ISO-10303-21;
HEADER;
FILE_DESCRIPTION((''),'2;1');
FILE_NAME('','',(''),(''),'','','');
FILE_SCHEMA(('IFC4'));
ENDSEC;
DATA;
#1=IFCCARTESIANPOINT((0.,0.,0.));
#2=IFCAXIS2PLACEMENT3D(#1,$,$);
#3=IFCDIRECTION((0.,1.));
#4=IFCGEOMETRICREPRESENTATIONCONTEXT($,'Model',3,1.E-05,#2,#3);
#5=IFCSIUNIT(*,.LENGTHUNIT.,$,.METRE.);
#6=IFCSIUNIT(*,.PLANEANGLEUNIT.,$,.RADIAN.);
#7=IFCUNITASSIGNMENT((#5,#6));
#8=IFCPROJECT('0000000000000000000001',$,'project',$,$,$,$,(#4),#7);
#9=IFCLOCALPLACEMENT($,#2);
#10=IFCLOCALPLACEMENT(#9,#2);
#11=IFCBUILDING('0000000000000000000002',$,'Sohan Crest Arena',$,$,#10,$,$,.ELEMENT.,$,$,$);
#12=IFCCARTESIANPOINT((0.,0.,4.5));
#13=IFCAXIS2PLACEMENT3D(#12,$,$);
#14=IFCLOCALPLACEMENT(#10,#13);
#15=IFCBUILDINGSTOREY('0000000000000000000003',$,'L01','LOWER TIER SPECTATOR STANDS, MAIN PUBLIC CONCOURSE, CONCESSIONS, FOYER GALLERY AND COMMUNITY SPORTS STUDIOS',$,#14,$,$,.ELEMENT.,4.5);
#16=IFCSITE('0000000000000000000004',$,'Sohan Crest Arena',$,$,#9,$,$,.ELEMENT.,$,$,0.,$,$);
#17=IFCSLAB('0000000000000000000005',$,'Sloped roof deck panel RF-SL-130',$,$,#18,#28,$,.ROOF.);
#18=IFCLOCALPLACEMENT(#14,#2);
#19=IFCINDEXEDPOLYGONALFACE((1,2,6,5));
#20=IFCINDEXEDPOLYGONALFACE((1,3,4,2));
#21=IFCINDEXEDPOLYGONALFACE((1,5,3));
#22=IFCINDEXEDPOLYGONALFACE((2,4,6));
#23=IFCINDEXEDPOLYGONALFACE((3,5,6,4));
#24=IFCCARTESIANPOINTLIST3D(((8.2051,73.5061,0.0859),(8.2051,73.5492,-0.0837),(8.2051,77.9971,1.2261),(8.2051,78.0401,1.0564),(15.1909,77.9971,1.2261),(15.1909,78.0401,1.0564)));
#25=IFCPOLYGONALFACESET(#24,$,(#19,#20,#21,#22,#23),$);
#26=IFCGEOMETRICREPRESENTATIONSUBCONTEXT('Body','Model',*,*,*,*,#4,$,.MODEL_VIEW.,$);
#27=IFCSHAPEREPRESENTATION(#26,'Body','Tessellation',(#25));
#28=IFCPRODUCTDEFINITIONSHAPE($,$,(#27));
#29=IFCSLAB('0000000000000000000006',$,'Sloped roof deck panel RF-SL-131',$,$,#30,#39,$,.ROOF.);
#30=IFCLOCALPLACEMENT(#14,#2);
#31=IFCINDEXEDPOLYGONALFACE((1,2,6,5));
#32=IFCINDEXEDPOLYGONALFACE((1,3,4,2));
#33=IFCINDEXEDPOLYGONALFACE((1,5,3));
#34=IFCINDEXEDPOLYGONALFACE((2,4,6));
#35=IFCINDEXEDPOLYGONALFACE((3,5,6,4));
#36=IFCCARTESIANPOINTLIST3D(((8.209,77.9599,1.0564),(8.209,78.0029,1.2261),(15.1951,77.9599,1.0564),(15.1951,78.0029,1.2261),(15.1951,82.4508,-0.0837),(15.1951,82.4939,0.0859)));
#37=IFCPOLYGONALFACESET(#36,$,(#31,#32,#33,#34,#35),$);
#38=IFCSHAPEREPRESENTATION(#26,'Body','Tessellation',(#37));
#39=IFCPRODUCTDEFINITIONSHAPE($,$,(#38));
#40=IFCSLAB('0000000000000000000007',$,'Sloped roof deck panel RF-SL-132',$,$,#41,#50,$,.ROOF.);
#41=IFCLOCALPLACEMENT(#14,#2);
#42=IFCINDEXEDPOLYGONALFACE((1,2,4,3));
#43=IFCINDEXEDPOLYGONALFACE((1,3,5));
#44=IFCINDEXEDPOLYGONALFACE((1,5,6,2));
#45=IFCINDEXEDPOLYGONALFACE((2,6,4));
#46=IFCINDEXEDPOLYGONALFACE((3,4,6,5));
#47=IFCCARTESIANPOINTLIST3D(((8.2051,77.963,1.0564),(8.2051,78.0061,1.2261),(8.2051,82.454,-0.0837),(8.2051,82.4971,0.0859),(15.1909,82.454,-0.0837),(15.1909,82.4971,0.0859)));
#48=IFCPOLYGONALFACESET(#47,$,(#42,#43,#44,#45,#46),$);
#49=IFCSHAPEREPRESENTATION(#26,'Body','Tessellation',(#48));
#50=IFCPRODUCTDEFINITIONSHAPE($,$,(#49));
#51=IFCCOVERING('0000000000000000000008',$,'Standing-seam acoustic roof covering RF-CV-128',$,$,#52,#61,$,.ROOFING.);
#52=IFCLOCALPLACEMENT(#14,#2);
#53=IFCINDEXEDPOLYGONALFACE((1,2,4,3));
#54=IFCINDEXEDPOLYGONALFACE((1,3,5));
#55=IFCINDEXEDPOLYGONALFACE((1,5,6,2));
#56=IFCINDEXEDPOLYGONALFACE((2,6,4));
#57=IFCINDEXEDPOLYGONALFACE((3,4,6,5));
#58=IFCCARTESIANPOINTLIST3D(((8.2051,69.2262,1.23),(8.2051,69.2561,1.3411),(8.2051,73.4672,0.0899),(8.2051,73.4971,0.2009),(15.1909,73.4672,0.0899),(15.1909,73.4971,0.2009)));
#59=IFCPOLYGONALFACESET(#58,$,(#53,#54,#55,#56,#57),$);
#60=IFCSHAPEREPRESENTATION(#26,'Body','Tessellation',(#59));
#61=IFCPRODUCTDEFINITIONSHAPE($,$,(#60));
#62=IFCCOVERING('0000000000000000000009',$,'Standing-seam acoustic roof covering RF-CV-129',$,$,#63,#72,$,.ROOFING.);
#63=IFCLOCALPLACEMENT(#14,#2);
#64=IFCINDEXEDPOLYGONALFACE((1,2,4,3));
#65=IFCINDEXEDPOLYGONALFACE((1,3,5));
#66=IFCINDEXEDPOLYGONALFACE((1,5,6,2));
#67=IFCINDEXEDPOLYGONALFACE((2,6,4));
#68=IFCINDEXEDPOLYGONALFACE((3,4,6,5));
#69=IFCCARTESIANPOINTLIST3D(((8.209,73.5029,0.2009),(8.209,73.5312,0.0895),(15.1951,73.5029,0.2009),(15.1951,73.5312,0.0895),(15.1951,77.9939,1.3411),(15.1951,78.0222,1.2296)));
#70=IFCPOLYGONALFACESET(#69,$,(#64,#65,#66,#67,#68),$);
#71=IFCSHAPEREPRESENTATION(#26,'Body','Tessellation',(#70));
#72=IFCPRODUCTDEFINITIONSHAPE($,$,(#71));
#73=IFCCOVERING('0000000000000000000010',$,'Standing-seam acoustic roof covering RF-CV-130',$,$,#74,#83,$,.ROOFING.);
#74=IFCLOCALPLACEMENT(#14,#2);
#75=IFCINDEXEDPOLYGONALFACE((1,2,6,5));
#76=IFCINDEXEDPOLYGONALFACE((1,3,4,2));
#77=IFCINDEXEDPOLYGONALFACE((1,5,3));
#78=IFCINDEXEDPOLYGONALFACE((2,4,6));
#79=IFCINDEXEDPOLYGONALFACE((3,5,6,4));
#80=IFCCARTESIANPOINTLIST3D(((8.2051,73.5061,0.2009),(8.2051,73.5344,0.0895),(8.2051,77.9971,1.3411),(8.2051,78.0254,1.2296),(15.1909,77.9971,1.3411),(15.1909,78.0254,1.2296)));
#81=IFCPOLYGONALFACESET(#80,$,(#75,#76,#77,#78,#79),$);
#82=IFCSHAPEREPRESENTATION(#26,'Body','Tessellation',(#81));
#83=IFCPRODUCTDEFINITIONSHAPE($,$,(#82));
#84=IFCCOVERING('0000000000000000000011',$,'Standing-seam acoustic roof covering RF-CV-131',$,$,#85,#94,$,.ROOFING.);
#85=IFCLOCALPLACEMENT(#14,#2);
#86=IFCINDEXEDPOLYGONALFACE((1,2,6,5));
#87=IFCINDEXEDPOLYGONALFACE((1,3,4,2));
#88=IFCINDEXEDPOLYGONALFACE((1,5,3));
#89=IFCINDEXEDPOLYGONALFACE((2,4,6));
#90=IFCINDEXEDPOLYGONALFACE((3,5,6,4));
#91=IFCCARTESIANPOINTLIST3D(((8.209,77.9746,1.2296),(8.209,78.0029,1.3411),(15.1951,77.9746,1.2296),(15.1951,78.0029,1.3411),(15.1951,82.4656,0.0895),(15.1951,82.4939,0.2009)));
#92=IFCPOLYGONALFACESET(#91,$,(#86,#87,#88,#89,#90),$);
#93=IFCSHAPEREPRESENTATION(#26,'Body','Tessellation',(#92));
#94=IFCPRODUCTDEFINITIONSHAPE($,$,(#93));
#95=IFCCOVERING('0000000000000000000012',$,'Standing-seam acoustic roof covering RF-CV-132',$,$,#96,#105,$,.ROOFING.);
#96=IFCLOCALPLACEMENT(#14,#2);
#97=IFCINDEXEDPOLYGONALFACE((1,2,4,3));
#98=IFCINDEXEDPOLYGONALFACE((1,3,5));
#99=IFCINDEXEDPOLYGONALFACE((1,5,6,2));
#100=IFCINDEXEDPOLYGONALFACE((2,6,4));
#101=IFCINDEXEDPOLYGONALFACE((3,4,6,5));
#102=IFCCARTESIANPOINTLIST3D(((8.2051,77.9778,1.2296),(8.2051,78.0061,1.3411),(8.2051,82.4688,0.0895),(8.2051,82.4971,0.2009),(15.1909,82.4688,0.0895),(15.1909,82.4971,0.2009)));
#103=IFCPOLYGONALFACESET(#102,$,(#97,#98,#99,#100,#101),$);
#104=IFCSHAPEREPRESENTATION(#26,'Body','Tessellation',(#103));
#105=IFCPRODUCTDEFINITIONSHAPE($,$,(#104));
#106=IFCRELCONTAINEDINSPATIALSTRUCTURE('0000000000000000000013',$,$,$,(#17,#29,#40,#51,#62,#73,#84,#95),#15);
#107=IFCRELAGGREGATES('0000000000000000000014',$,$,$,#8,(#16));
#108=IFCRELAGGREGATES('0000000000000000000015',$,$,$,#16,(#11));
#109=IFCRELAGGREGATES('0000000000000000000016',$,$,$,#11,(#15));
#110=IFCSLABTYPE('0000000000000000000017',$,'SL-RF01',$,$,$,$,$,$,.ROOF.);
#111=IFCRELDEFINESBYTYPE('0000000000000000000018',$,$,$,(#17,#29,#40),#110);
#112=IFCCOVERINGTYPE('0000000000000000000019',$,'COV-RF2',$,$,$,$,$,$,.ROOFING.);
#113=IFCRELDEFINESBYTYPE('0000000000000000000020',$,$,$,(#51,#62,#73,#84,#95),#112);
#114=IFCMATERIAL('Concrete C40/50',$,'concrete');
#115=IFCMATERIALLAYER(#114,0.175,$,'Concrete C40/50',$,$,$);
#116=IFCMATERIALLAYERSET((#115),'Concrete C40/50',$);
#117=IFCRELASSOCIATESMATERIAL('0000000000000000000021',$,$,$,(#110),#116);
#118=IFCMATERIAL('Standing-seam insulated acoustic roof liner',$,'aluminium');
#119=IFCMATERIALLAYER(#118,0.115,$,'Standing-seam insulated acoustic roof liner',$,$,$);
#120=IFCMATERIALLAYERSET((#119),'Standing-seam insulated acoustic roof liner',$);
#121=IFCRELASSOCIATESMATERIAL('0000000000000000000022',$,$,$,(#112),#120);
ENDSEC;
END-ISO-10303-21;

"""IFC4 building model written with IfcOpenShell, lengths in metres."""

from ifc_helpers import new_model, si_unit, direction, frame, origin, place, context, subcontext, project, spatial, polyline, outline, extrude, material, layer, layer_set, type_object, element, save


model = new_model("IFC4")

# Units and contexts
model_context = context("Model", 3, precision=1e-05, world=origin(), true_north=direction((0.0, 1.0)))
body_context = subcontext(model_context, "Body", "Model", "MODEL_VIEW")
ifc_project = project(units=[si_unit("LENGTHUNIT", "METRE"), si_unit("PLANEANGLEUNIT", "RADIAN")], contexts=[model_context])

# Site, building, storey
site_placement = place(None, origin())
site = spatial("IfcSite", under=ifc_project, at=site_placement, Name="Sohan Crest Arena", CompositionType="ELEMENT", RefElevation=0.0)
building_placement = place(site_placement, origin())
building = spatial("IfcBuilding", under=site, at=building_placement, Name="Sohan Crest Arena", CompositionType="ELEMENT")
storey_placement = place(building_placement, frame((0.0, 0.0, 4.5)))
storey = spatial("IfcBuildingStorey", under=building, at=storey_placement, Name="L01", Description="LOWER TIER SPECTATOR STANDS, MAIN PUBLIC CONCOURSE, CONCESSIONS, FOYER GALLERY AND COMMUNITY SPORTS STUDIOS", CompositionType="ELEMENT", Elevation=4.5)

# Slabs
ifc_material_1 = material(Name="Concrete C40/50", Category="concrete")
ifc_layer_1 = layer(ifc_material_1, 0.175, Name="Concrete C40/50")
ifc_layer_set_1 = layer_set([ifc_layer_1], Name="Concrete C40/50")
slab_type = type_object("IfcSlabType", Name="SL-RF01", PredefinedType="ROOF", material=ifc_layer_set_1)
slab_1_placement = place(storey_placement, frame((8.2051, 73.5061, 0.0859), z_axis=(0.0, -0.246067, 0.969253), x_axis=(0.833358, 0.535738, 0.13601)))
element("IfcSlab", 1, at=slab_1_placement, inside=storey, type_object=slab_type, Name="Sloped roof deck panel RF-SL-130", PredefinedType="ROOF", context=body_context, shape_type="SweptSolid", body=[
    extrude(outline(polyline([(0.0, 0.0), (8.3828, 0.0), (2.5611, 3.8613), (0.0, 0.0)])), origin(), (0.0, 0.0, -1.0), 0.175),
])
slab_2_placement = place(storey_placement, frame((8.209, 78.0029, 1.2261), z_axis=(0.0, 0.246067, 0.969253), x_axis=(1.0, 0.0, 0.0)))
element("IfcSlab", 2, at=slab_2_placement, inside=storey, type_object=slab_type, Name="Sloped roof deck panel RF-SL-131", PredefinedType="ROOF", context=body_context, shape_type="SweptSolid", body=[
    extrude(outline(polyline([(0.0, 0.0), (6.9861, 0.0), (6.9861, 4.6334), (0.0, 0.0)])), origin(), (0.0, 0.0, -1.0), 0.175),
])
slab_3_placement = place(storey_placement, frame((8.2051, 78.0061, 1.2261), z_axis=(0.0, 0.246067, 0.969253), x_axis=(0.833358, 0.535738, -0.13601)))
element("IfcSlab", 3, at=slab_3_placement, inside=storey, type_object=slab_type, Name="Sloped roof deck panel RF-SL-132", PredefinedType="ROOF", context=body_context, shape_type="SweptSolid", body=[
    extrude(outline(polyline([(0.0, 0.0), (8.3828, 0.0), (2.5611, 3.8613), (0.0, 0.0)])), origin(), (0.0, 0.0, -1.0), 0.175),
])

# Coverings
ifc_material_2 = material(Name="Standing-seam insulated acoustic roof liner", Category="aluminium")
ifc_layer_2 = layer(ifc_material_2, 0.115, Name="Standing-seam insulated acoustic roof liner")
ifc_layer_set_2 = layer_set([ifc_layer_2], Name="Standing-seam insulated acoustic roof liner")
covering_type = type_object("IfcCoveringType", Name="COV-RF2", PredefinedType="ROOFING", material=ifc_layer_set_2)
covering_1_placement = place(storey_placement, frame((8.2051, 69.2561, 1.3411), z_axis=(0.0, 0.259621, 0.965711), x_axis=(0.846612, 0.513962, -0.138173)))
element("IfcCovering", 4, at=covering_1_placement, inside=storey, type_object=covering_type, Name="Standing-seam acoustic roof covering RF-CV-128", PredefinedType="ROOFING", context=body_context, shape_type="SweptSolid", body=[
    extrude(outline(polyline([(0.0, 0.0), (8.2515, 0.0), (2.3372, 3.7179), (0.0, 0.0)])), origin(), (0.0, 0.0, -1.0), 0.115),
])
covering_2_placement = place(storey_placement, frame((8.209, 73.5029, 0.2009), z_axis=(0.0, -0.246067, 0.969253), x_axis=(1.0, 0.0, 0.0)))
element("IfcCovering", 5, at=covering_2_placement, inside=storey, type_object=covering_type, Name="Standing-seam acoustic roof covering RF-CV-129", PredefinedType="ROOFING", context=body_context, shape_type="SweptSolid", body=[
    extrude(outline(polyline([(0.0, 0.0), (6.9861, 0.0), (6.9861, 4.6334), (0.0, 0.0)])), origin(), (0.0, 0.0, -1.0), 0.115),
])
covering_3_placement = place(storey_placement, frame((8.2051, 73.5061, 0.2009), z_axis=(0.0, -0.246067, 0.969253), x_axis=(0.833358, 0.535738, 0.13601)))
element("IfcCovering", 6, at=covering_3_placement, inside=storey, type_object=covering_type, Name="Standing-seam acoustic roof covering RF-CV-130", PredefinedType="ROOFING", context=body_context, shape_type="SweptSolid", body=[
    extrude(outline(polyline([(0.0, 0.0), (8.3828, 0.0), (2.5611, 3.8613), (0.0, 0.0)])), origin(), (0.0, 0.0, -1.0), 0.115),
])
covering_4_placement = place(storey_placement, frame((8.209, 78.0029, 1.3411), z_axis=(0.0, 0.246067, 0.969253), x_axis=(1.0, 0.0, 0.0)))
element("IfcCovering", 7, at=covering_4_placement, inside=storey, type_object=covering_type, Name="Standing-seam acoustic roof covering RF-CV-131", PredefinedType="ROOFING", context=body_context, shape_type="SweptSolid", body=[
    extrude(outline(polyline([(0.0, 0.0), (6.9861, 0.0), (6.9861, 4.6334), (0.0, 0.0)])), origin(), (0.0, 0.0, -1.0), 0.115),
])
covering_5_placement = place(storey_placement, frame((8.2051, 78.0061, 1.3411), z_axis=(0.0, 0.246067, 0.969253), x_axis=(0.833358, 0.535738, -0.13601)))
element("IfcCovering", 8, at=covering_5_placement, inside=storey, type_object=covering_type, Name="Standing-seam acoustic roof covering RF-CV-132", PredefinedType="ROOFING", context=body_context, shape_type="SweptSolid", body=[
    extrude(outline(polyline([(0.0, 0.0), (8.3828, 0.0), (2.5611, 3.8613), (0.0, 0.0)])), origin(), (0.0, 0.0, -1.0), 0.115),
])

save(model, "model.ifc")
